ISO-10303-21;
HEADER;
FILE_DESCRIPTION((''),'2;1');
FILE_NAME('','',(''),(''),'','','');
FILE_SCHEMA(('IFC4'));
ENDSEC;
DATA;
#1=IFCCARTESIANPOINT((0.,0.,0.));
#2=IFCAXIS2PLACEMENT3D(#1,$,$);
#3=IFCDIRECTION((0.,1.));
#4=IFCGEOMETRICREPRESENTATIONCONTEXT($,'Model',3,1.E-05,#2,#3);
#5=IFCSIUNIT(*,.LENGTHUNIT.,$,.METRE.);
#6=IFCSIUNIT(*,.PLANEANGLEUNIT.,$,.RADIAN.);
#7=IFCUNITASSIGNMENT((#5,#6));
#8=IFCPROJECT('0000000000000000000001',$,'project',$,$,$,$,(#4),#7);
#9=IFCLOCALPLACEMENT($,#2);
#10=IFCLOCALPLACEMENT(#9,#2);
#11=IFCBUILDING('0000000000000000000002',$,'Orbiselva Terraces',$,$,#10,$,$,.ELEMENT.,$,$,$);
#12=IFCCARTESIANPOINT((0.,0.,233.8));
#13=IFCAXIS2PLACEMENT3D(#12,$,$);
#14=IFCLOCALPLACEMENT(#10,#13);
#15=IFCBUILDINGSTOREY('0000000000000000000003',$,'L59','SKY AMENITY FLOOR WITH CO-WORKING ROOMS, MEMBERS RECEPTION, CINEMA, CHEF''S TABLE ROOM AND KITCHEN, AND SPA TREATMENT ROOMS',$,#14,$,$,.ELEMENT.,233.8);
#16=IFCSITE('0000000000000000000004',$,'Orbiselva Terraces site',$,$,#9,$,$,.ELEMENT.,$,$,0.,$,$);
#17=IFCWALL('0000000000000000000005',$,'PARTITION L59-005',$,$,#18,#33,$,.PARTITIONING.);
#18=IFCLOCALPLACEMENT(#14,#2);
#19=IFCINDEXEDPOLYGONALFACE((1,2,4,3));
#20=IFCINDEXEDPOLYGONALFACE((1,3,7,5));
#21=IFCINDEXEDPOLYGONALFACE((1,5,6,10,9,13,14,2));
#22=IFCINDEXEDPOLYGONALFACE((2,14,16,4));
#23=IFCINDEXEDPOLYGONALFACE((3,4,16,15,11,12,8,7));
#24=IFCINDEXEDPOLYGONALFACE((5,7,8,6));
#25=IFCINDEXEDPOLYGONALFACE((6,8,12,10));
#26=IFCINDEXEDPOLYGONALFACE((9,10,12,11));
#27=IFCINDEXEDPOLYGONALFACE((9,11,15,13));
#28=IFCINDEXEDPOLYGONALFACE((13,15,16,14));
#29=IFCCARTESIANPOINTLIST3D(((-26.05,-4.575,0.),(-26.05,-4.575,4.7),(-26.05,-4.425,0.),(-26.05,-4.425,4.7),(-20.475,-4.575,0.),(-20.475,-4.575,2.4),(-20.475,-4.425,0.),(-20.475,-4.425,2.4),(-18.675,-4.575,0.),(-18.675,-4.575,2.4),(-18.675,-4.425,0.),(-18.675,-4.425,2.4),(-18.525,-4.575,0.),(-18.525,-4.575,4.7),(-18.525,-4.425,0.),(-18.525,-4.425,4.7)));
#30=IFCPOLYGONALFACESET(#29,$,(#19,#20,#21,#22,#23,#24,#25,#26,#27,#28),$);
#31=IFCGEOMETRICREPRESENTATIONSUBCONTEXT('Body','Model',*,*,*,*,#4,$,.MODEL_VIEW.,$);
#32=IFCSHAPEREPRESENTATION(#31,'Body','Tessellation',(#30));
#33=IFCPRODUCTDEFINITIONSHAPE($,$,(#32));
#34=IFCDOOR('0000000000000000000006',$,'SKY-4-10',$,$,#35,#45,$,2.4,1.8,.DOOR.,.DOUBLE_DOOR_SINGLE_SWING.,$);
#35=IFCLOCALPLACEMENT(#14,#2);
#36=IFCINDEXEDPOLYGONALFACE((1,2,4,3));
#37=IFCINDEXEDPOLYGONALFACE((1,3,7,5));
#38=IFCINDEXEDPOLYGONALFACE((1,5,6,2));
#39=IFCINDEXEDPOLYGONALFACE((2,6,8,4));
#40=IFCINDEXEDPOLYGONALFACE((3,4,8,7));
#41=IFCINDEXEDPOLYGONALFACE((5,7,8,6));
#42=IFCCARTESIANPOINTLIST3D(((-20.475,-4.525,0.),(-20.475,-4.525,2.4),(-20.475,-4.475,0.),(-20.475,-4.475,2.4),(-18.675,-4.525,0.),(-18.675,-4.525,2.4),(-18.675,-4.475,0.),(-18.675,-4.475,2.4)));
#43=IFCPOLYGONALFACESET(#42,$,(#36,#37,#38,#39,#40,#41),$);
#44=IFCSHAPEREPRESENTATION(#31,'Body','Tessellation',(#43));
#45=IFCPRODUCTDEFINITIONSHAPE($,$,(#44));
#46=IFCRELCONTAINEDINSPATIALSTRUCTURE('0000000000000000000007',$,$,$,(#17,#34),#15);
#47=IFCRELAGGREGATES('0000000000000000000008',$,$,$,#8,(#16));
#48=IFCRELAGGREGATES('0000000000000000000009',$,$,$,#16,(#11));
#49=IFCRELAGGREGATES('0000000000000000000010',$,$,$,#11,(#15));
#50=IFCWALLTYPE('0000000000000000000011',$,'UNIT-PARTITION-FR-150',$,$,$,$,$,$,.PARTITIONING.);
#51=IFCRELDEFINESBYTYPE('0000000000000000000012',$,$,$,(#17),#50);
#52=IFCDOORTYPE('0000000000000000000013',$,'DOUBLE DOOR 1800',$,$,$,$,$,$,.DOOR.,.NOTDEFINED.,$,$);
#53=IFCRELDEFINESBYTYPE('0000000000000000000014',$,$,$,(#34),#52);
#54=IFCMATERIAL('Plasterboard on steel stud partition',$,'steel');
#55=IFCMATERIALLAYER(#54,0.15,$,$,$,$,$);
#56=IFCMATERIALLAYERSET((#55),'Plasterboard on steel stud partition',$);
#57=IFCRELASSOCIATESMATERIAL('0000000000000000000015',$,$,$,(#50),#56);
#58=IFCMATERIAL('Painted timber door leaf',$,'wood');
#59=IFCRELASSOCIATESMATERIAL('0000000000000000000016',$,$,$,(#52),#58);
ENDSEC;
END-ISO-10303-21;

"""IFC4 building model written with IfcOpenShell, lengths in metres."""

from ifc_helpers import new_model, si_unit, direction, frame, frame_2d, origin, place, context, subcontext, project, spatial, rectangle, extrude, material, layer, layer_set, type_object, element, fill, save


model = new_model("IFC4")

# Units and contexts
model_context = context("Model", 3, precision=1e-05, world=origin(), true_north=direction((0.0, 1.0)))
body_context = subcontext(model_context, "Body", "Model", "MODEL_VIEW")
ifc_project = project(units=[si_unit("LENGTHUNIT", "METRE"), si_unit("PLANEANGLEUNIT", "RADIAN")], contexts=[model_context])

# Site, building, storey
site_placement = place(None, origin())
site = spatial("IfcSite", under=ifc_project, at=site_placement, Name="Orbiselva Terraces site", CompositionType="ELEMENT", RefElevation=0.0)
building_placement = place(site_placement, origin())
building = spatial("IfcBuilding", under=site, at=building_placement, Name="Orbiselva Terraces", CompositionType="ELEMENT")
storey_placement = place(building_placement, frame((0.0, 0.0, 233.8)))
storey = spatial("IfcBuildingStorey", under=building, at=storey_placement, Name="L59", Description="SKY AMENITY FLOOR WITH CO-WORKING ROOMS, MEMBERS RECEPTION, CINEMA, CHEF'S TABLE ROOM AND KITCHEN, AND SPA TREATMENT ROOMS", CompositionType="ELEMENT", Elevation=233.8)

# Shared definitions
ifc_material_1 = material(Name="Plasterboard on steel stud partition", Category="steel")

# Wall, opening, door
ifc_layer_1 = layer(ifc_material_1, 0.15)
ifc_layer_set_1 = layer_set([ifc_layer_1], Name="Plasterboard on steel stud partition")
wall_type_1 = type_object("IfcWallType", Name="UNIT-PARTITION-FR-150", PredefinedType="PARTITIONING", material=ifc_layer_set_1)
ifc_material_2 = material(Name="Painted timber door leaf", Category="wood")
door_type_1 = type_object("IfcDoorType", Name="DOUBLE DOOR 1800", OperationType="NOTDEFINED", PredefinedType="DOOR", material=ifc_material_2)
wall_1_placement = place(storey_placement, frame((-26.05, -4.5, 0.0), z_axis=(0.0, 0.0, 1.0), x_axis=(1.0, 0.0, 0.0)))
wall_1 = element("IfcWall", 1, at=wall_1_placement, inside=storey, type_object=wall_type_1, Name="PARTITION L59-005", PredefinedType="PARTITIONING", context=body_context, shape_type="SweptSolid", body=[
    extrude(rectangle(XDim=7.525, YDim=0.15, at=frame_2d((3.7625, 0.0))), origin(), (0.0, 0.0, 1.0), 4.7),
])
opening_1_placement = place(wall_1_placement, frame((5.575, 0.0, 0.0)))
opening_1 = element("IfcOpeningElement", 2, at=opening_1_placement, cuts=wall_1, PredefinedType="OPENING", context=body_context, shape_type="SweptSolid", body=[
    extrude(rectangle(XDim=1.8, YDim=2.4, at=frame_2d((0.9, 1.2))), frame((0.0, 0.085, 0.0), z_axis=(0.0, -1.0, 0.0), x_axis=(1.0, 0.0, 0.0)), (0.0, 0.0, 1.0), 0.17),
])
door_1_placement = place(opening_1_placement, origin())
door_1 = element("IfcDoor", 3, at=door_1_placement, inside=storey, type_object=door_type_1, Name="SKY-4-10", OperationType="DOUBLE_DOOR_SINGLE_SWING", OverallHeight=2.4, OverallWidth=1.8, PredefinedType="DOOR", context=body_context, shape_type="SweptSolid", body=[
    extrude(rectangle(XDim=1.8, YDim=2.4, at=frame_2d((0.9, 1.2))), frame((0.0, 0.025, 0.0), z_axis=(0.0, -1.0, 0.0), x_axis=(1.0, 0.0, 0.0)), (0.0, 0.0, 1.0), 0.05),
])
fill(opening_1, door_1)

save(model, "model.ifc")
